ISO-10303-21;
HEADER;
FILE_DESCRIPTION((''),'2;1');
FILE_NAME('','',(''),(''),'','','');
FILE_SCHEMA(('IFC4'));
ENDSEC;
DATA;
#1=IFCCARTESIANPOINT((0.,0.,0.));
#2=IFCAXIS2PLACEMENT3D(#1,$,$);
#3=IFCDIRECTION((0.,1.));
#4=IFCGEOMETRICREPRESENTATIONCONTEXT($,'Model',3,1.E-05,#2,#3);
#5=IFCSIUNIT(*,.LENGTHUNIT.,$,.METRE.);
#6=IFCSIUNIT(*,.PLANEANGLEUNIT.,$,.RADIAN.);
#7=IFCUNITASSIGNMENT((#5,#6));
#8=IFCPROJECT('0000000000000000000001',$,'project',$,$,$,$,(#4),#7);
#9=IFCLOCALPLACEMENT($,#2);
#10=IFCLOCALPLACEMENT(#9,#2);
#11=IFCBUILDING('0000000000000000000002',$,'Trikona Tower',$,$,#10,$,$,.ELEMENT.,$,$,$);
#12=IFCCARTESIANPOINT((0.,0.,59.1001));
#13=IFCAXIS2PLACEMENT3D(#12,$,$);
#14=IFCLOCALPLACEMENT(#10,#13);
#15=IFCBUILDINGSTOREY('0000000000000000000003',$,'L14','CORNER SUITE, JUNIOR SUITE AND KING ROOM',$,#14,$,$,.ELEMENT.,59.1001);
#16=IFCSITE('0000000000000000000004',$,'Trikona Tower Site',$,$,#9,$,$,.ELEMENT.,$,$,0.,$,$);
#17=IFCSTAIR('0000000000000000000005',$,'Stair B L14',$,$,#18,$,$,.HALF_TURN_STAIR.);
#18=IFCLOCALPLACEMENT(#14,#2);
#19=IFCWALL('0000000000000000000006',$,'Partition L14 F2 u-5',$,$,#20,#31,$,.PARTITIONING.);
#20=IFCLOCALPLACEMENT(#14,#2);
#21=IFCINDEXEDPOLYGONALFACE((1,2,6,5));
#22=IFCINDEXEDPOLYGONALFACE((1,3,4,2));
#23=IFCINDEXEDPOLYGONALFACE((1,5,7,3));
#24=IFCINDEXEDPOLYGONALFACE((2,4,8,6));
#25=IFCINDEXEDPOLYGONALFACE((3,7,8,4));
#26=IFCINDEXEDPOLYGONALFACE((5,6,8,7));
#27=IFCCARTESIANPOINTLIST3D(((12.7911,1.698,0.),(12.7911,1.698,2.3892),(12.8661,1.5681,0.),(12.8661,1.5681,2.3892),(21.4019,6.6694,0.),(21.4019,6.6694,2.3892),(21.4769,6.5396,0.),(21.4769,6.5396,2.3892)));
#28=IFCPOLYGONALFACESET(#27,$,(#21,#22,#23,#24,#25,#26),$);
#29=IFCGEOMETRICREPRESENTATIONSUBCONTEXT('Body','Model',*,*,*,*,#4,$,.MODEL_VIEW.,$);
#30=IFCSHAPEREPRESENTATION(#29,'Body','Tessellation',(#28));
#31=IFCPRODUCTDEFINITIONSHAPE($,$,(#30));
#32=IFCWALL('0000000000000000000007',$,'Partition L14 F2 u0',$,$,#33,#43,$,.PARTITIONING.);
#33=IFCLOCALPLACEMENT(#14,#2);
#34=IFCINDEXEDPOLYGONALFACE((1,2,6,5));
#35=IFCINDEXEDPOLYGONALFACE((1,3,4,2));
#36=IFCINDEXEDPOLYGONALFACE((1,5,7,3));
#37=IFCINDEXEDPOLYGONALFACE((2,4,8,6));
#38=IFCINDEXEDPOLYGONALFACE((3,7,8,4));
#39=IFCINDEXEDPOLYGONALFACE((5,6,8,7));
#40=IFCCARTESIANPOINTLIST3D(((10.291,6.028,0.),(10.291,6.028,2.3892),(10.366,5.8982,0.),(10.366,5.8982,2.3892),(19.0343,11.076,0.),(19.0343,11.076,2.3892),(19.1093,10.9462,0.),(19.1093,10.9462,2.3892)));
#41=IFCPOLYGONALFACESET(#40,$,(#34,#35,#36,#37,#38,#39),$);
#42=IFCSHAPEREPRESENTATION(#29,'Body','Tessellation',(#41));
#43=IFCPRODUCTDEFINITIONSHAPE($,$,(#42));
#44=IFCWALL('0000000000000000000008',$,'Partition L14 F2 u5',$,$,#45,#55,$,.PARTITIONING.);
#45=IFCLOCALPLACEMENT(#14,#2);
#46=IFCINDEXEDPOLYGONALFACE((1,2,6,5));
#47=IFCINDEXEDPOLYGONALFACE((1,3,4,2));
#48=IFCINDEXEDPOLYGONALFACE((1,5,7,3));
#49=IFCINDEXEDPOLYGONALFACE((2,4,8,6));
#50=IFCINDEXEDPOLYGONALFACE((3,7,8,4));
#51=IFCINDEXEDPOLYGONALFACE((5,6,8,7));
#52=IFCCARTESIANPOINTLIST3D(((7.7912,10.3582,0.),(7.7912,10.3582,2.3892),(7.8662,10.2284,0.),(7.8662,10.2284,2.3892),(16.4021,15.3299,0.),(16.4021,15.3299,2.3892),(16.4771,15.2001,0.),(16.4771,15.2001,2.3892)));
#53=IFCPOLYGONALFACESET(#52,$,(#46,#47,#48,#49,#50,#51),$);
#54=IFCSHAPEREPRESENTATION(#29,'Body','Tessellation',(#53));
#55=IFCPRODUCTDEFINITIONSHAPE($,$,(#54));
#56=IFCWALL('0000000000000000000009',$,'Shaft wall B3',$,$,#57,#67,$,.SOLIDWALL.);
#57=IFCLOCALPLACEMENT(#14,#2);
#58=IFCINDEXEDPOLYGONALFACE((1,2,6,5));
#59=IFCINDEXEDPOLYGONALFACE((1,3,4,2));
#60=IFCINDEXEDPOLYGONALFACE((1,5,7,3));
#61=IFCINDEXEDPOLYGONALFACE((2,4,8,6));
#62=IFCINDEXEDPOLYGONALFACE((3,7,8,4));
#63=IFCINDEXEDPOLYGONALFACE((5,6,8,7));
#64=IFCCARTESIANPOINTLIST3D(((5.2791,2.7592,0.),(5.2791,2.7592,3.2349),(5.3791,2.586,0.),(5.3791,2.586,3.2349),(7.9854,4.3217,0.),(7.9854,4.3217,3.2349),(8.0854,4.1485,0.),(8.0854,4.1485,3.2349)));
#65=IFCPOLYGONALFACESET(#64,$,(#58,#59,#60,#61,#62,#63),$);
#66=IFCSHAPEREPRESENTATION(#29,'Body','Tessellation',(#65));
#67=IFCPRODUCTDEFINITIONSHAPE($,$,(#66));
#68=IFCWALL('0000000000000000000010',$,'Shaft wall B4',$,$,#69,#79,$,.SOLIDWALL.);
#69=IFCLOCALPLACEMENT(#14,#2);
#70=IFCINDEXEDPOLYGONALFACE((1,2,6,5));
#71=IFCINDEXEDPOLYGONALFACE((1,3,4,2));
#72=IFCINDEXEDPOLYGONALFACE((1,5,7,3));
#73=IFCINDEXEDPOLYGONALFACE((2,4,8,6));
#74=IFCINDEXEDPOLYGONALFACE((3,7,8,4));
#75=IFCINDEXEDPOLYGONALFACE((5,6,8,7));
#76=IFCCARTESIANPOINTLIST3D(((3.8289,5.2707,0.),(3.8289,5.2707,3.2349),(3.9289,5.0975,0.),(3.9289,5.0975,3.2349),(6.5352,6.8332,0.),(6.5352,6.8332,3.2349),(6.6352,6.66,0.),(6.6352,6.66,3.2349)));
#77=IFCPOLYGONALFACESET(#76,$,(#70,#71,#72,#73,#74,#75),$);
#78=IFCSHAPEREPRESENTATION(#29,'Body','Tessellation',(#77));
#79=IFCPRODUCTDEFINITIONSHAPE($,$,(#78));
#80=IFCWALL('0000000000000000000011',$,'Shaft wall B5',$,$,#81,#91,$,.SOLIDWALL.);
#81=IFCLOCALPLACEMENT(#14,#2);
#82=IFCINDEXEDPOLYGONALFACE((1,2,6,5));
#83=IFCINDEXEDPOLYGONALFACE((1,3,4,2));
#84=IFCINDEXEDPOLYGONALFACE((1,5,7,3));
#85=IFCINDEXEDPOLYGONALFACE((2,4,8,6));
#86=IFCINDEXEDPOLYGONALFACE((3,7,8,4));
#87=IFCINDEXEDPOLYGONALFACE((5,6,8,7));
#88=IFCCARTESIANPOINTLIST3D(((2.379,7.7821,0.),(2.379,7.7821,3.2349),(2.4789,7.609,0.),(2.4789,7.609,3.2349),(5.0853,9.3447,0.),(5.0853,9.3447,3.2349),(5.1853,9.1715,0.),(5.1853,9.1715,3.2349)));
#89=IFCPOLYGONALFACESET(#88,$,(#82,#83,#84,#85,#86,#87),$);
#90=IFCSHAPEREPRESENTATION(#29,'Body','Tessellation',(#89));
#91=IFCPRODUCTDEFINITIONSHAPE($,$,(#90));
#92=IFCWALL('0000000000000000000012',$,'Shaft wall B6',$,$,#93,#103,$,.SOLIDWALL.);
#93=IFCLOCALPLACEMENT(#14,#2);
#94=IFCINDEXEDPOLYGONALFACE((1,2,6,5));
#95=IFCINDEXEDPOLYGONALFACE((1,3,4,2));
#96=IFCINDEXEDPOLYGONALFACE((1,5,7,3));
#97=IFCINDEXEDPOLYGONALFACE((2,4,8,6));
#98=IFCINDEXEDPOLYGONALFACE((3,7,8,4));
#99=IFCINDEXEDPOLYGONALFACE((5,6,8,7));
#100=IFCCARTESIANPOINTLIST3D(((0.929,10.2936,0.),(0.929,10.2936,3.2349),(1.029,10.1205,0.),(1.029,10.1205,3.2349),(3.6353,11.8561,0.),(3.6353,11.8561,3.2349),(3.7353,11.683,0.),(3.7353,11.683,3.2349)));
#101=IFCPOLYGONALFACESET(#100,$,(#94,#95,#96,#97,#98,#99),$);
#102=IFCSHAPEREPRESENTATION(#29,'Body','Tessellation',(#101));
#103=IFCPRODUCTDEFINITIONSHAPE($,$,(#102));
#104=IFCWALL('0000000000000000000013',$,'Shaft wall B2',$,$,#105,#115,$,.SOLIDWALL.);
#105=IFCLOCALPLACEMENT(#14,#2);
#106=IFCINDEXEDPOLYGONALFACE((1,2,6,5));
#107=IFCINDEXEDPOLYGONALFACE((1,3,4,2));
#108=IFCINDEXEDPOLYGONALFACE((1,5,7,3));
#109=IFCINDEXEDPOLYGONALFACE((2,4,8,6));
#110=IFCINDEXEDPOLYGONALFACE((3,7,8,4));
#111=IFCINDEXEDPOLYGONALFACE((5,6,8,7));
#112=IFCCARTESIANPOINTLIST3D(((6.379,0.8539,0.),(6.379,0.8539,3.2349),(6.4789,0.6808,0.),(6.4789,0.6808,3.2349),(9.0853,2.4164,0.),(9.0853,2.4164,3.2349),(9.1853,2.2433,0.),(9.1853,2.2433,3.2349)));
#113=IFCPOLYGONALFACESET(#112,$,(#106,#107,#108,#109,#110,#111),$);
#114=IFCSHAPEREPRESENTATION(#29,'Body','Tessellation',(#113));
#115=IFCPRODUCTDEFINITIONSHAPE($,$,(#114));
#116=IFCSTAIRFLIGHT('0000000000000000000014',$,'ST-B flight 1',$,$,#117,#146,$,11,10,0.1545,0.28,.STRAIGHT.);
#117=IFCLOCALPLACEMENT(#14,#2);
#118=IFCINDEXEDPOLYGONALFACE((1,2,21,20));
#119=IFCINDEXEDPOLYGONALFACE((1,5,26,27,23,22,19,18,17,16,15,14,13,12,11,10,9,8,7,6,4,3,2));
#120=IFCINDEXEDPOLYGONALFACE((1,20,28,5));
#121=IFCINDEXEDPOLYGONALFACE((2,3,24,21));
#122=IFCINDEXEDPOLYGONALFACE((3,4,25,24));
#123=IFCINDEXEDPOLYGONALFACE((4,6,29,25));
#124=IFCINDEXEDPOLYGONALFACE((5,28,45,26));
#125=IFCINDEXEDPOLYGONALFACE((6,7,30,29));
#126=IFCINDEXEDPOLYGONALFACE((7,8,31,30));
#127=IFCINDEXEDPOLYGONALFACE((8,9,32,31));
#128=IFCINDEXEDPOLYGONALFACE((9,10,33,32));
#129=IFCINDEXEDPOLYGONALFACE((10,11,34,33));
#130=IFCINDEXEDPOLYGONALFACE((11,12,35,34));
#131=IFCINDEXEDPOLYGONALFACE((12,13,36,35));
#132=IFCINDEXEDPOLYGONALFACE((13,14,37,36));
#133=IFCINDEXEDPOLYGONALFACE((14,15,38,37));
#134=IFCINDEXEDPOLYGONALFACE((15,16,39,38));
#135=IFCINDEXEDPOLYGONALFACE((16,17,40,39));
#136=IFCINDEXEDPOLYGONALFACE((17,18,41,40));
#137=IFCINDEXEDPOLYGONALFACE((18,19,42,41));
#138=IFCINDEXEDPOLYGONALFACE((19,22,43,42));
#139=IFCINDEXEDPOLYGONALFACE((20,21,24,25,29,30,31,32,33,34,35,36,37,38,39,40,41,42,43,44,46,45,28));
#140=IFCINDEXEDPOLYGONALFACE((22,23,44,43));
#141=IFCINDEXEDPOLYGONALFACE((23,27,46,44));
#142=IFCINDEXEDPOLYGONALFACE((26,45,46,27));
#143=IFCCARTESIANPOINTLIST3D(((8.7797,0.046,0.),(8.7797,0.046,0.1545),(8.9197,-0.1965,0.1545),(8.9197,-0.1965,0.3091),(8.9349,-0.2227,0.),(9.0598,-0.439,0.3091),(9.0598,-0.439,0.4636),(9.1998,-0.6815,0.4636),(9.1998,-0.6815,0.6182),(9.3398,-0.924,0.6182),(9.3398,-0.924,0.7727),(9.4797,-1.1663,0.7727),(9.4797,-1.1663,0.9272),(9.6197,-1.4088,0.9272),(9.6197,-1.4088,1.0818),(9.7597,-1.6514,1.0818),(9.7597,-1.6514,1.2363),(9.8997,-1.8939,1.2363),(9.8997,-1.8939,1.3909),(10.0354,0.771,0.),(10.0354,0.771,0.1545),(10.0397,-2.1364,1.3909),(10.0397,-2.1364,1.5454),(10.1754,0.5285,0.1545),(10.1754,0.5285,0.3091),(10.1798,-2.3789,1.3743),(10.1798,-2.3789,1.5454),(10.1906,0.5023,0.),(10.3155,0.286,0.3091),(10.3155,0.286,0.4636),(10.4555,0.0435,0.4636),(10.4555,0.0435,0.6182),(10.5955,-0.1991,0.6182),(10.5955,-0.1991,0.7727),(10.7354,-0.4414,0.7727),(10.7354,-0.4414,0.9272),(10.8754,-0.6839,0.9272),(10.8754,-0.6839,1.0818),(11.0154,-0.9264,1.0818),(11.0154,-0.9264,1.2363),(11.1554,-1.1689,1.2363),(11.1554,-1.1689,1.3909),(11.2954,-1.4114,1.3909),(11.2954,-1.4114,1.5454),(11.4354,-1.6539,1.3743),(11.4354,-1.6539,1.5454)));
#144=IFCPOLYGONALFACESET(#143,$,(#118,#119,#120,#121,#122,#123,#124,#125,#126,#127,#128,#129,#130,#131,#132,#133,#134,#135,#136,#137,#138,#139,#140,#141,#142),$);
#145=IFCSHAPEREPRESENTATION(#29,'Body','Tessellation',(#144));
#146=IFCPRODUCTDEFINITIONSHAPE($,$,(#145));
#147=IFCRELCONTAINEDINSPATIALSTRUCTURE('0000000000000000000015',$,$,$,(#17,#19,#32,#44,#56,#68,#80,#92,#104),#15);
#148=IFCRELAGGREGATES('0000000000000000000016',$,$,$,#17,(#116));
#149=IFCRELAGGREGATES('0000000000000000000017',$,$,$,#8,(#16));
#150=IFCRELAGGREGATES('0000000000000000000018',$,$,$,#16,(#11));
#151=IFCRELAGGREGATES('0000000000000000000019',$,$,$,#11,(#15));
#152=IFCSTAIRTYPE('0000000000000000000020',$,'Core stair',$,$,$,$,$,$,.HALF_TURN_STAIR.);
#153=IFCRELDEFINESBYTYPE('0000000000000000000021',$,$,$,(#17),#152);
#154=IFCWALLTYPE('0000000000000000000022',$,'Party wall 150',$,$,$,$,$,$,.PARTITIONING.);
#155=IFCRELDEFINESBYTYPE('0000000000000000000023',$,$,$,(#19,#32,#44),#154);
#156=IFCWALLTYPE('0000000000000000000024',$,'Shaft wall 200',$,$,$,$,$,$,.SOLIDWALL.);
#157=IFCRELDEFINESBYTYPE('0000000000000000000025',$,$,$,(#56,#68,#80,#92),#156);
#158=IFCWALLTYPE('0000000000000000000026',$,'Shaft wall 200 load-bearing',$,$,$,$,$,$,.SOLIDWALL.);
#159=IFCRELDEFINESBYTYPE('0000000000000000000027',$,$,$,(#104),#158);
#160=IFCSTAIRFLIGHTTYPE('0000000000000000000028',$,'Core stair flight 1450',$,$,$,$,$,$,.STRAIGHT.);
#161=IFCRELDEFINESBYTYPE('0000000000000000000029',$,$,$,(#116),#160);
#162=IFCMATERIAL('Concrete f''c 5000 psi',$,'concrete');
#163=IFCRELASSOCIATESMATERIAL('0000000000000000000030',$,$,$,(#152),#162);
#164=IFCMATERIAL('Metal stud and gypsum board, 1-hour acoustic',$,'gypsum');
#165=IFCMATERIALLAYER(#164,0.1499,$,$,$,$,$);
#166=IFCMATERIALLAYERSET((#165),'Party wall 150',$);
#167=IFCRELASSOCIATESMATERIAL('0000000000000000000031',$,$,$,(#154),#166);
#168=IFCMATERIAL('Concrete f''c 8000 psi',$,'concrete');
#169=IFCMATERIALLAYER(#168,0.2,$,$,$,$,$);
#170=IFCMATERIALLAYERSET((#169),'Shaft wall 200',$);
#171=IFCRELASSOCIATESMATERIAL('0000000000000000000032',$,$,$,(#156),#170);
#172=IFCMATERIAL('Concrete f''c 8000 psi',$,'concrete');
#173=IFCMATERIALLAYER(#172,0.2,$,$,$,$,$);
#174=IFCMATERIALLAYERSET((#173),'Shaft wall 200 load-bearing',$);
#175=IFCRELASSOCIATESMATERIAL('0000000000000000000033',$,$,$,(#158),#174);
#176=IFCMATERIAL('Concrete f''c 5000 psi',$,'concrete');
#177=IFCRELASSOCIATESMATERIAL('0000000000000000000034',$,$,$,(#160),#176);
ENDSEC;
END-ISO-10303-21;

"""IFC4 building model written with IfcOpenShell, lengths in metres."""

from ifc_helpers import new_model, si_unit, direction, frame, frame_2d, origin, place, context, subcontext, project, spatial, polyline, rectangle, outline, extrude, material, layer, layer_set, type_object, element, aggregate, save


model = new_model("IFC4")

# Units and contexts
model_context = context("Model", 3, precision=1e-05, world=origin(), true_north=direction((0.0, 1.0)))
body_context = subcontext(model_context, "Body", "Model", "MODEL_VIEW")
ifc_project = project(units=[si_unit("LENGTHUNIT", "METRE"), si_unit("PLANEANGLEUNIT", "RADIAN")], contexts=[model_context])

# Site, building, storey
site_placement = place(None, origin())
site = spatial("IfcSite", under=ifc_project, at=site_placement, Name="Trikona Tower Site", CompositionType="ELEMENT", RefElevation=0.0)
building_placement = place(site_placement, origin())
building = spatial("IfcBuilding", under=site, at=building_placement, Name="Trikona Tower", CompositionType="ELEMENT")
storey_placement = place(building_placement, frame((0.0, 0.0, 59.1001)))
storey = spatial("IfcBuildingStorey", under=building, at=storey_placement, Name="L14", Description="CORNER SUITE, JUNIOR SUITE AND KING ROOM", CompositionType="ELEMENT", Elevation=59.1001)

# Stair
ifc_material_1 = material(Name="Concrete f'c 5000 psi", Category="concrete")
stair_type = type_object("IfcStairType", Name="Core stair", PredefinedType="HALF_TURN_STAIR", material=ifc_material_1)
stair_1_placement = place(storey_placement, origin())
stair_1 = element("IfcStair", 1, at=stair_1_placement, inside=storey, type_object=stair_type, Name="Stair B L14", PredefinedType="HALF_TURN_STAIR")

# Walls
ifc_material_2 = material(Name="Metal stud and gypsum board, 1-hour acoustic", Category="gypsum")
ifc_layer_1 = layer(ifc_material_2, 0.1499)
ifc_layer_set_1 = layer_set([ifc_layer_1], Name="Party wall 150")
wall_type_1 = type_object("IfcWallType", Name="Party wall 150", PredefinedType="PARTITIONING", material=ifc_layer_set_1)
wall_1_placement = place(storey_placement, frame((12.8286, 1.6331, 0.0), z_axis=(0.0, 0.0, 1.0), x_axis=(0.866027, 0.499997, 0.0)))
element("IfcWall", 2, at=wall_1_placement, inside=storey, type_object=wall_type_1, Name="Partition L14 F2 u-5", PredefinedType="PARTITIONING", context=body_context, shape_type="SweptSolid", body=[
    extrude(rectangle(XDim=9.9429, YDim=0.1499, at=frame_2d((4.9714, 0.0))), origin(), (0.0, 0.0, 1.0), 2.3892),
])
wall_2_placement = place(storey_placement, frame((10.3286, 5.9631, 0.0), z_axis=(0.0, 0.0, 1.0), x_axis=(0.866022, 0.500006, 0.0)))
element("IfcWall", 3, at=wall_2_placement, inside=storey, type_object=wall_type_1, Name="Partition L14 F2 u0", PredefinedType="PARTITIONING", context=body_context, shape_type="SweptSolid", body=[
    extrude(rectangle(XDim=10.0959, YDim=0.1499, at=frame_2d((5.0479, 0.0))), origin(), (0.0, 0.0, 1.0), 2.3892),
])
wall_3_placement = place(storey_placement, frame((7.8286, 10.2932, 0.0), z_axis=(0.0, 0.0, 1.0), x_axis=(0.866016, 0.500016, 0.0)))
element("IfcWall", 4, at=wall_3_placement, inside=storey, type_object=wall_type_1, Name="Partition L14 F2 u5", PredefinedType="PARTITIONING", context=body_context, shape_type="SweptSolid", body=[
    extrude(rectangle(XDim=9.9431, YDim=0.1499, at=frame_2d((4.9717, 0.0))), origin(), (0.0, 0.0, 1.0), 2.3892),
])
ifc_material_3 = material(Name="Concrete f'c 8000 psi", Category="concrete")
ifc_layer_2 = layer(ifc_material_3, 0.2)
ifc_layer_set_2 = layer_set([ifc_layer_2], Name="Shaft wall 200")
wall_type_2 = type_object("IfcWallType", Name="Shaft wall 200", PredefinedType="SOLIDWALL", material=ifc_layer_set_2)
for number, where, z_axis, x_axis, name in (
    (5, (5.3291, 2.6726, 0.0), (0.0, 0.0, 1.0), (0.866023, 0.500004, 0.0), "Shaft wall B3"),
    (6, (3.8789, 5.1841, 0.0), (0.0, 0.0, 1.0), (0.866023, 0.500004, 0.0), "Shaft wall B4"),
    (7, (2.429, 7.6956, 0.0), (0.0, 0.0, 1.0), (0.866023, 0.500004, 0.0), "Shaft wall B5"),
    (8, (0.979, 10.207, 0.0), (0.0, 0.0, 1.0), (0.866023, 0.500004, 0.0), "Shaft wall B6"),
):
    element("IfcWall", number, at=place(storey_placement, frame(where, z_axis=z_axis, x_axis=x_axis)), inside=storey, type_object=wall_type_2, Name=name, PredefinedType="SOLIDWALL", context=body_context, shape_type="SweptSolid", body=[
        extrude(rectangle(XDim=3.125, YDim=0.2, at=frame_2d((1.5625, 0.0))), origin(), (0.0, 0.0, 1.0), 3.2349),
    ])
ifc_material_4 = material(Name="Concrete f'c 8000 psi", Category="concrete")
ifc_layer_3 = layer(ifc_material_4, 0.2)
ifc_layer_set_3 = layer_set([ifc_layer_3], Name="Shaft wall 200 load-bearing")
wall_type_3 = type_object("IfcWallType", Name="Shaft wall 200 load-bearing", PredefinedType="SOLIDWALL", material=ifc_layer_set_3)
wall_4_placement = place(storey_placement, frame((6.429, 0.7673, 0.0), z_axis=(0.0, 0.0, 1.0), x_axis=(0.866023, 0.500004, 0.0)))
element("IfcWall", 9, at=wall_4_placement, inside=storey, type_object=wall_type_3, Name="Shaft wall B2", PredefinedType="SOLIDWALL", context=body_context, shape_type="SweptSolid", body=[
    extrude(rectangle(XDim=3.125, YDim=0.2, at=frame_2d((1.5625, 0.0))), origin(), (0.0, 0.0, 1.0), 3.2349),
])

# Stair flight
ifc_material_5 = material(Name="Concrete f'c 5000 psi", Category="concrete")
stair_flight_type = type_object("IfcStairFlightType", Name="Core stair flight 1450", PredefinedType="STRAIGHT", material=ifc_material_5)
stair_flight_placement = place(storey_placement, frame((9.4075, 0.4084, 0.0), z_axis=(0.0, 0.0, 1.0), x_axis=(0.5, -0.866025, 0.0)))
stair_flight = element("IfcStairFlight", 10, at=stair_flight_placement, type_object=stair_flight_type, Name="ST-B flight 1", NumberOfRisers=11, NumberOfTreads=10, PredefinedType="STRAIGHT", RiserHeight=0.1545, TreadLength=0.28, context=body_context, shape_type="SweptSolid", body=[
    extrude(outline(polyline([(0.0, 0.0), (0.0, 0.1545), (0.28, 0.1545), (0.28, 0.3091), (0.5601, 0.3091), (0.5601, 0.4636), (0.8401, 0.4636), (0.8401, 0.6182), (1.1201, 0.6182), (1.1201, 0.7727), (1.3999, 0.7727), (1.3999, 0.9272), (1.6799, 0.9272), (1.6799, 1.0818), (1.96, 1.0818), (1.96, 1.2363), (2.24, 1.2363), (2.24, 1.3909), (2.52, 1.3909), (2.52, 1.5454), (2.8, 1.5454), (2.8, 1.7), (2.8, 1.3743), (0.3103, 0.0), (0.0, 0.0)])), frame((0.0, 0.7251, 0.0), z_axis=(0.0, -1.0, 0.0), x_axis=(1.0, 0.0, 0.0)), (0.0, 0.0, 1.0), 1.45),
])
aggregate(stair_1, [stair_flight])

save(model, "model.ifc")
